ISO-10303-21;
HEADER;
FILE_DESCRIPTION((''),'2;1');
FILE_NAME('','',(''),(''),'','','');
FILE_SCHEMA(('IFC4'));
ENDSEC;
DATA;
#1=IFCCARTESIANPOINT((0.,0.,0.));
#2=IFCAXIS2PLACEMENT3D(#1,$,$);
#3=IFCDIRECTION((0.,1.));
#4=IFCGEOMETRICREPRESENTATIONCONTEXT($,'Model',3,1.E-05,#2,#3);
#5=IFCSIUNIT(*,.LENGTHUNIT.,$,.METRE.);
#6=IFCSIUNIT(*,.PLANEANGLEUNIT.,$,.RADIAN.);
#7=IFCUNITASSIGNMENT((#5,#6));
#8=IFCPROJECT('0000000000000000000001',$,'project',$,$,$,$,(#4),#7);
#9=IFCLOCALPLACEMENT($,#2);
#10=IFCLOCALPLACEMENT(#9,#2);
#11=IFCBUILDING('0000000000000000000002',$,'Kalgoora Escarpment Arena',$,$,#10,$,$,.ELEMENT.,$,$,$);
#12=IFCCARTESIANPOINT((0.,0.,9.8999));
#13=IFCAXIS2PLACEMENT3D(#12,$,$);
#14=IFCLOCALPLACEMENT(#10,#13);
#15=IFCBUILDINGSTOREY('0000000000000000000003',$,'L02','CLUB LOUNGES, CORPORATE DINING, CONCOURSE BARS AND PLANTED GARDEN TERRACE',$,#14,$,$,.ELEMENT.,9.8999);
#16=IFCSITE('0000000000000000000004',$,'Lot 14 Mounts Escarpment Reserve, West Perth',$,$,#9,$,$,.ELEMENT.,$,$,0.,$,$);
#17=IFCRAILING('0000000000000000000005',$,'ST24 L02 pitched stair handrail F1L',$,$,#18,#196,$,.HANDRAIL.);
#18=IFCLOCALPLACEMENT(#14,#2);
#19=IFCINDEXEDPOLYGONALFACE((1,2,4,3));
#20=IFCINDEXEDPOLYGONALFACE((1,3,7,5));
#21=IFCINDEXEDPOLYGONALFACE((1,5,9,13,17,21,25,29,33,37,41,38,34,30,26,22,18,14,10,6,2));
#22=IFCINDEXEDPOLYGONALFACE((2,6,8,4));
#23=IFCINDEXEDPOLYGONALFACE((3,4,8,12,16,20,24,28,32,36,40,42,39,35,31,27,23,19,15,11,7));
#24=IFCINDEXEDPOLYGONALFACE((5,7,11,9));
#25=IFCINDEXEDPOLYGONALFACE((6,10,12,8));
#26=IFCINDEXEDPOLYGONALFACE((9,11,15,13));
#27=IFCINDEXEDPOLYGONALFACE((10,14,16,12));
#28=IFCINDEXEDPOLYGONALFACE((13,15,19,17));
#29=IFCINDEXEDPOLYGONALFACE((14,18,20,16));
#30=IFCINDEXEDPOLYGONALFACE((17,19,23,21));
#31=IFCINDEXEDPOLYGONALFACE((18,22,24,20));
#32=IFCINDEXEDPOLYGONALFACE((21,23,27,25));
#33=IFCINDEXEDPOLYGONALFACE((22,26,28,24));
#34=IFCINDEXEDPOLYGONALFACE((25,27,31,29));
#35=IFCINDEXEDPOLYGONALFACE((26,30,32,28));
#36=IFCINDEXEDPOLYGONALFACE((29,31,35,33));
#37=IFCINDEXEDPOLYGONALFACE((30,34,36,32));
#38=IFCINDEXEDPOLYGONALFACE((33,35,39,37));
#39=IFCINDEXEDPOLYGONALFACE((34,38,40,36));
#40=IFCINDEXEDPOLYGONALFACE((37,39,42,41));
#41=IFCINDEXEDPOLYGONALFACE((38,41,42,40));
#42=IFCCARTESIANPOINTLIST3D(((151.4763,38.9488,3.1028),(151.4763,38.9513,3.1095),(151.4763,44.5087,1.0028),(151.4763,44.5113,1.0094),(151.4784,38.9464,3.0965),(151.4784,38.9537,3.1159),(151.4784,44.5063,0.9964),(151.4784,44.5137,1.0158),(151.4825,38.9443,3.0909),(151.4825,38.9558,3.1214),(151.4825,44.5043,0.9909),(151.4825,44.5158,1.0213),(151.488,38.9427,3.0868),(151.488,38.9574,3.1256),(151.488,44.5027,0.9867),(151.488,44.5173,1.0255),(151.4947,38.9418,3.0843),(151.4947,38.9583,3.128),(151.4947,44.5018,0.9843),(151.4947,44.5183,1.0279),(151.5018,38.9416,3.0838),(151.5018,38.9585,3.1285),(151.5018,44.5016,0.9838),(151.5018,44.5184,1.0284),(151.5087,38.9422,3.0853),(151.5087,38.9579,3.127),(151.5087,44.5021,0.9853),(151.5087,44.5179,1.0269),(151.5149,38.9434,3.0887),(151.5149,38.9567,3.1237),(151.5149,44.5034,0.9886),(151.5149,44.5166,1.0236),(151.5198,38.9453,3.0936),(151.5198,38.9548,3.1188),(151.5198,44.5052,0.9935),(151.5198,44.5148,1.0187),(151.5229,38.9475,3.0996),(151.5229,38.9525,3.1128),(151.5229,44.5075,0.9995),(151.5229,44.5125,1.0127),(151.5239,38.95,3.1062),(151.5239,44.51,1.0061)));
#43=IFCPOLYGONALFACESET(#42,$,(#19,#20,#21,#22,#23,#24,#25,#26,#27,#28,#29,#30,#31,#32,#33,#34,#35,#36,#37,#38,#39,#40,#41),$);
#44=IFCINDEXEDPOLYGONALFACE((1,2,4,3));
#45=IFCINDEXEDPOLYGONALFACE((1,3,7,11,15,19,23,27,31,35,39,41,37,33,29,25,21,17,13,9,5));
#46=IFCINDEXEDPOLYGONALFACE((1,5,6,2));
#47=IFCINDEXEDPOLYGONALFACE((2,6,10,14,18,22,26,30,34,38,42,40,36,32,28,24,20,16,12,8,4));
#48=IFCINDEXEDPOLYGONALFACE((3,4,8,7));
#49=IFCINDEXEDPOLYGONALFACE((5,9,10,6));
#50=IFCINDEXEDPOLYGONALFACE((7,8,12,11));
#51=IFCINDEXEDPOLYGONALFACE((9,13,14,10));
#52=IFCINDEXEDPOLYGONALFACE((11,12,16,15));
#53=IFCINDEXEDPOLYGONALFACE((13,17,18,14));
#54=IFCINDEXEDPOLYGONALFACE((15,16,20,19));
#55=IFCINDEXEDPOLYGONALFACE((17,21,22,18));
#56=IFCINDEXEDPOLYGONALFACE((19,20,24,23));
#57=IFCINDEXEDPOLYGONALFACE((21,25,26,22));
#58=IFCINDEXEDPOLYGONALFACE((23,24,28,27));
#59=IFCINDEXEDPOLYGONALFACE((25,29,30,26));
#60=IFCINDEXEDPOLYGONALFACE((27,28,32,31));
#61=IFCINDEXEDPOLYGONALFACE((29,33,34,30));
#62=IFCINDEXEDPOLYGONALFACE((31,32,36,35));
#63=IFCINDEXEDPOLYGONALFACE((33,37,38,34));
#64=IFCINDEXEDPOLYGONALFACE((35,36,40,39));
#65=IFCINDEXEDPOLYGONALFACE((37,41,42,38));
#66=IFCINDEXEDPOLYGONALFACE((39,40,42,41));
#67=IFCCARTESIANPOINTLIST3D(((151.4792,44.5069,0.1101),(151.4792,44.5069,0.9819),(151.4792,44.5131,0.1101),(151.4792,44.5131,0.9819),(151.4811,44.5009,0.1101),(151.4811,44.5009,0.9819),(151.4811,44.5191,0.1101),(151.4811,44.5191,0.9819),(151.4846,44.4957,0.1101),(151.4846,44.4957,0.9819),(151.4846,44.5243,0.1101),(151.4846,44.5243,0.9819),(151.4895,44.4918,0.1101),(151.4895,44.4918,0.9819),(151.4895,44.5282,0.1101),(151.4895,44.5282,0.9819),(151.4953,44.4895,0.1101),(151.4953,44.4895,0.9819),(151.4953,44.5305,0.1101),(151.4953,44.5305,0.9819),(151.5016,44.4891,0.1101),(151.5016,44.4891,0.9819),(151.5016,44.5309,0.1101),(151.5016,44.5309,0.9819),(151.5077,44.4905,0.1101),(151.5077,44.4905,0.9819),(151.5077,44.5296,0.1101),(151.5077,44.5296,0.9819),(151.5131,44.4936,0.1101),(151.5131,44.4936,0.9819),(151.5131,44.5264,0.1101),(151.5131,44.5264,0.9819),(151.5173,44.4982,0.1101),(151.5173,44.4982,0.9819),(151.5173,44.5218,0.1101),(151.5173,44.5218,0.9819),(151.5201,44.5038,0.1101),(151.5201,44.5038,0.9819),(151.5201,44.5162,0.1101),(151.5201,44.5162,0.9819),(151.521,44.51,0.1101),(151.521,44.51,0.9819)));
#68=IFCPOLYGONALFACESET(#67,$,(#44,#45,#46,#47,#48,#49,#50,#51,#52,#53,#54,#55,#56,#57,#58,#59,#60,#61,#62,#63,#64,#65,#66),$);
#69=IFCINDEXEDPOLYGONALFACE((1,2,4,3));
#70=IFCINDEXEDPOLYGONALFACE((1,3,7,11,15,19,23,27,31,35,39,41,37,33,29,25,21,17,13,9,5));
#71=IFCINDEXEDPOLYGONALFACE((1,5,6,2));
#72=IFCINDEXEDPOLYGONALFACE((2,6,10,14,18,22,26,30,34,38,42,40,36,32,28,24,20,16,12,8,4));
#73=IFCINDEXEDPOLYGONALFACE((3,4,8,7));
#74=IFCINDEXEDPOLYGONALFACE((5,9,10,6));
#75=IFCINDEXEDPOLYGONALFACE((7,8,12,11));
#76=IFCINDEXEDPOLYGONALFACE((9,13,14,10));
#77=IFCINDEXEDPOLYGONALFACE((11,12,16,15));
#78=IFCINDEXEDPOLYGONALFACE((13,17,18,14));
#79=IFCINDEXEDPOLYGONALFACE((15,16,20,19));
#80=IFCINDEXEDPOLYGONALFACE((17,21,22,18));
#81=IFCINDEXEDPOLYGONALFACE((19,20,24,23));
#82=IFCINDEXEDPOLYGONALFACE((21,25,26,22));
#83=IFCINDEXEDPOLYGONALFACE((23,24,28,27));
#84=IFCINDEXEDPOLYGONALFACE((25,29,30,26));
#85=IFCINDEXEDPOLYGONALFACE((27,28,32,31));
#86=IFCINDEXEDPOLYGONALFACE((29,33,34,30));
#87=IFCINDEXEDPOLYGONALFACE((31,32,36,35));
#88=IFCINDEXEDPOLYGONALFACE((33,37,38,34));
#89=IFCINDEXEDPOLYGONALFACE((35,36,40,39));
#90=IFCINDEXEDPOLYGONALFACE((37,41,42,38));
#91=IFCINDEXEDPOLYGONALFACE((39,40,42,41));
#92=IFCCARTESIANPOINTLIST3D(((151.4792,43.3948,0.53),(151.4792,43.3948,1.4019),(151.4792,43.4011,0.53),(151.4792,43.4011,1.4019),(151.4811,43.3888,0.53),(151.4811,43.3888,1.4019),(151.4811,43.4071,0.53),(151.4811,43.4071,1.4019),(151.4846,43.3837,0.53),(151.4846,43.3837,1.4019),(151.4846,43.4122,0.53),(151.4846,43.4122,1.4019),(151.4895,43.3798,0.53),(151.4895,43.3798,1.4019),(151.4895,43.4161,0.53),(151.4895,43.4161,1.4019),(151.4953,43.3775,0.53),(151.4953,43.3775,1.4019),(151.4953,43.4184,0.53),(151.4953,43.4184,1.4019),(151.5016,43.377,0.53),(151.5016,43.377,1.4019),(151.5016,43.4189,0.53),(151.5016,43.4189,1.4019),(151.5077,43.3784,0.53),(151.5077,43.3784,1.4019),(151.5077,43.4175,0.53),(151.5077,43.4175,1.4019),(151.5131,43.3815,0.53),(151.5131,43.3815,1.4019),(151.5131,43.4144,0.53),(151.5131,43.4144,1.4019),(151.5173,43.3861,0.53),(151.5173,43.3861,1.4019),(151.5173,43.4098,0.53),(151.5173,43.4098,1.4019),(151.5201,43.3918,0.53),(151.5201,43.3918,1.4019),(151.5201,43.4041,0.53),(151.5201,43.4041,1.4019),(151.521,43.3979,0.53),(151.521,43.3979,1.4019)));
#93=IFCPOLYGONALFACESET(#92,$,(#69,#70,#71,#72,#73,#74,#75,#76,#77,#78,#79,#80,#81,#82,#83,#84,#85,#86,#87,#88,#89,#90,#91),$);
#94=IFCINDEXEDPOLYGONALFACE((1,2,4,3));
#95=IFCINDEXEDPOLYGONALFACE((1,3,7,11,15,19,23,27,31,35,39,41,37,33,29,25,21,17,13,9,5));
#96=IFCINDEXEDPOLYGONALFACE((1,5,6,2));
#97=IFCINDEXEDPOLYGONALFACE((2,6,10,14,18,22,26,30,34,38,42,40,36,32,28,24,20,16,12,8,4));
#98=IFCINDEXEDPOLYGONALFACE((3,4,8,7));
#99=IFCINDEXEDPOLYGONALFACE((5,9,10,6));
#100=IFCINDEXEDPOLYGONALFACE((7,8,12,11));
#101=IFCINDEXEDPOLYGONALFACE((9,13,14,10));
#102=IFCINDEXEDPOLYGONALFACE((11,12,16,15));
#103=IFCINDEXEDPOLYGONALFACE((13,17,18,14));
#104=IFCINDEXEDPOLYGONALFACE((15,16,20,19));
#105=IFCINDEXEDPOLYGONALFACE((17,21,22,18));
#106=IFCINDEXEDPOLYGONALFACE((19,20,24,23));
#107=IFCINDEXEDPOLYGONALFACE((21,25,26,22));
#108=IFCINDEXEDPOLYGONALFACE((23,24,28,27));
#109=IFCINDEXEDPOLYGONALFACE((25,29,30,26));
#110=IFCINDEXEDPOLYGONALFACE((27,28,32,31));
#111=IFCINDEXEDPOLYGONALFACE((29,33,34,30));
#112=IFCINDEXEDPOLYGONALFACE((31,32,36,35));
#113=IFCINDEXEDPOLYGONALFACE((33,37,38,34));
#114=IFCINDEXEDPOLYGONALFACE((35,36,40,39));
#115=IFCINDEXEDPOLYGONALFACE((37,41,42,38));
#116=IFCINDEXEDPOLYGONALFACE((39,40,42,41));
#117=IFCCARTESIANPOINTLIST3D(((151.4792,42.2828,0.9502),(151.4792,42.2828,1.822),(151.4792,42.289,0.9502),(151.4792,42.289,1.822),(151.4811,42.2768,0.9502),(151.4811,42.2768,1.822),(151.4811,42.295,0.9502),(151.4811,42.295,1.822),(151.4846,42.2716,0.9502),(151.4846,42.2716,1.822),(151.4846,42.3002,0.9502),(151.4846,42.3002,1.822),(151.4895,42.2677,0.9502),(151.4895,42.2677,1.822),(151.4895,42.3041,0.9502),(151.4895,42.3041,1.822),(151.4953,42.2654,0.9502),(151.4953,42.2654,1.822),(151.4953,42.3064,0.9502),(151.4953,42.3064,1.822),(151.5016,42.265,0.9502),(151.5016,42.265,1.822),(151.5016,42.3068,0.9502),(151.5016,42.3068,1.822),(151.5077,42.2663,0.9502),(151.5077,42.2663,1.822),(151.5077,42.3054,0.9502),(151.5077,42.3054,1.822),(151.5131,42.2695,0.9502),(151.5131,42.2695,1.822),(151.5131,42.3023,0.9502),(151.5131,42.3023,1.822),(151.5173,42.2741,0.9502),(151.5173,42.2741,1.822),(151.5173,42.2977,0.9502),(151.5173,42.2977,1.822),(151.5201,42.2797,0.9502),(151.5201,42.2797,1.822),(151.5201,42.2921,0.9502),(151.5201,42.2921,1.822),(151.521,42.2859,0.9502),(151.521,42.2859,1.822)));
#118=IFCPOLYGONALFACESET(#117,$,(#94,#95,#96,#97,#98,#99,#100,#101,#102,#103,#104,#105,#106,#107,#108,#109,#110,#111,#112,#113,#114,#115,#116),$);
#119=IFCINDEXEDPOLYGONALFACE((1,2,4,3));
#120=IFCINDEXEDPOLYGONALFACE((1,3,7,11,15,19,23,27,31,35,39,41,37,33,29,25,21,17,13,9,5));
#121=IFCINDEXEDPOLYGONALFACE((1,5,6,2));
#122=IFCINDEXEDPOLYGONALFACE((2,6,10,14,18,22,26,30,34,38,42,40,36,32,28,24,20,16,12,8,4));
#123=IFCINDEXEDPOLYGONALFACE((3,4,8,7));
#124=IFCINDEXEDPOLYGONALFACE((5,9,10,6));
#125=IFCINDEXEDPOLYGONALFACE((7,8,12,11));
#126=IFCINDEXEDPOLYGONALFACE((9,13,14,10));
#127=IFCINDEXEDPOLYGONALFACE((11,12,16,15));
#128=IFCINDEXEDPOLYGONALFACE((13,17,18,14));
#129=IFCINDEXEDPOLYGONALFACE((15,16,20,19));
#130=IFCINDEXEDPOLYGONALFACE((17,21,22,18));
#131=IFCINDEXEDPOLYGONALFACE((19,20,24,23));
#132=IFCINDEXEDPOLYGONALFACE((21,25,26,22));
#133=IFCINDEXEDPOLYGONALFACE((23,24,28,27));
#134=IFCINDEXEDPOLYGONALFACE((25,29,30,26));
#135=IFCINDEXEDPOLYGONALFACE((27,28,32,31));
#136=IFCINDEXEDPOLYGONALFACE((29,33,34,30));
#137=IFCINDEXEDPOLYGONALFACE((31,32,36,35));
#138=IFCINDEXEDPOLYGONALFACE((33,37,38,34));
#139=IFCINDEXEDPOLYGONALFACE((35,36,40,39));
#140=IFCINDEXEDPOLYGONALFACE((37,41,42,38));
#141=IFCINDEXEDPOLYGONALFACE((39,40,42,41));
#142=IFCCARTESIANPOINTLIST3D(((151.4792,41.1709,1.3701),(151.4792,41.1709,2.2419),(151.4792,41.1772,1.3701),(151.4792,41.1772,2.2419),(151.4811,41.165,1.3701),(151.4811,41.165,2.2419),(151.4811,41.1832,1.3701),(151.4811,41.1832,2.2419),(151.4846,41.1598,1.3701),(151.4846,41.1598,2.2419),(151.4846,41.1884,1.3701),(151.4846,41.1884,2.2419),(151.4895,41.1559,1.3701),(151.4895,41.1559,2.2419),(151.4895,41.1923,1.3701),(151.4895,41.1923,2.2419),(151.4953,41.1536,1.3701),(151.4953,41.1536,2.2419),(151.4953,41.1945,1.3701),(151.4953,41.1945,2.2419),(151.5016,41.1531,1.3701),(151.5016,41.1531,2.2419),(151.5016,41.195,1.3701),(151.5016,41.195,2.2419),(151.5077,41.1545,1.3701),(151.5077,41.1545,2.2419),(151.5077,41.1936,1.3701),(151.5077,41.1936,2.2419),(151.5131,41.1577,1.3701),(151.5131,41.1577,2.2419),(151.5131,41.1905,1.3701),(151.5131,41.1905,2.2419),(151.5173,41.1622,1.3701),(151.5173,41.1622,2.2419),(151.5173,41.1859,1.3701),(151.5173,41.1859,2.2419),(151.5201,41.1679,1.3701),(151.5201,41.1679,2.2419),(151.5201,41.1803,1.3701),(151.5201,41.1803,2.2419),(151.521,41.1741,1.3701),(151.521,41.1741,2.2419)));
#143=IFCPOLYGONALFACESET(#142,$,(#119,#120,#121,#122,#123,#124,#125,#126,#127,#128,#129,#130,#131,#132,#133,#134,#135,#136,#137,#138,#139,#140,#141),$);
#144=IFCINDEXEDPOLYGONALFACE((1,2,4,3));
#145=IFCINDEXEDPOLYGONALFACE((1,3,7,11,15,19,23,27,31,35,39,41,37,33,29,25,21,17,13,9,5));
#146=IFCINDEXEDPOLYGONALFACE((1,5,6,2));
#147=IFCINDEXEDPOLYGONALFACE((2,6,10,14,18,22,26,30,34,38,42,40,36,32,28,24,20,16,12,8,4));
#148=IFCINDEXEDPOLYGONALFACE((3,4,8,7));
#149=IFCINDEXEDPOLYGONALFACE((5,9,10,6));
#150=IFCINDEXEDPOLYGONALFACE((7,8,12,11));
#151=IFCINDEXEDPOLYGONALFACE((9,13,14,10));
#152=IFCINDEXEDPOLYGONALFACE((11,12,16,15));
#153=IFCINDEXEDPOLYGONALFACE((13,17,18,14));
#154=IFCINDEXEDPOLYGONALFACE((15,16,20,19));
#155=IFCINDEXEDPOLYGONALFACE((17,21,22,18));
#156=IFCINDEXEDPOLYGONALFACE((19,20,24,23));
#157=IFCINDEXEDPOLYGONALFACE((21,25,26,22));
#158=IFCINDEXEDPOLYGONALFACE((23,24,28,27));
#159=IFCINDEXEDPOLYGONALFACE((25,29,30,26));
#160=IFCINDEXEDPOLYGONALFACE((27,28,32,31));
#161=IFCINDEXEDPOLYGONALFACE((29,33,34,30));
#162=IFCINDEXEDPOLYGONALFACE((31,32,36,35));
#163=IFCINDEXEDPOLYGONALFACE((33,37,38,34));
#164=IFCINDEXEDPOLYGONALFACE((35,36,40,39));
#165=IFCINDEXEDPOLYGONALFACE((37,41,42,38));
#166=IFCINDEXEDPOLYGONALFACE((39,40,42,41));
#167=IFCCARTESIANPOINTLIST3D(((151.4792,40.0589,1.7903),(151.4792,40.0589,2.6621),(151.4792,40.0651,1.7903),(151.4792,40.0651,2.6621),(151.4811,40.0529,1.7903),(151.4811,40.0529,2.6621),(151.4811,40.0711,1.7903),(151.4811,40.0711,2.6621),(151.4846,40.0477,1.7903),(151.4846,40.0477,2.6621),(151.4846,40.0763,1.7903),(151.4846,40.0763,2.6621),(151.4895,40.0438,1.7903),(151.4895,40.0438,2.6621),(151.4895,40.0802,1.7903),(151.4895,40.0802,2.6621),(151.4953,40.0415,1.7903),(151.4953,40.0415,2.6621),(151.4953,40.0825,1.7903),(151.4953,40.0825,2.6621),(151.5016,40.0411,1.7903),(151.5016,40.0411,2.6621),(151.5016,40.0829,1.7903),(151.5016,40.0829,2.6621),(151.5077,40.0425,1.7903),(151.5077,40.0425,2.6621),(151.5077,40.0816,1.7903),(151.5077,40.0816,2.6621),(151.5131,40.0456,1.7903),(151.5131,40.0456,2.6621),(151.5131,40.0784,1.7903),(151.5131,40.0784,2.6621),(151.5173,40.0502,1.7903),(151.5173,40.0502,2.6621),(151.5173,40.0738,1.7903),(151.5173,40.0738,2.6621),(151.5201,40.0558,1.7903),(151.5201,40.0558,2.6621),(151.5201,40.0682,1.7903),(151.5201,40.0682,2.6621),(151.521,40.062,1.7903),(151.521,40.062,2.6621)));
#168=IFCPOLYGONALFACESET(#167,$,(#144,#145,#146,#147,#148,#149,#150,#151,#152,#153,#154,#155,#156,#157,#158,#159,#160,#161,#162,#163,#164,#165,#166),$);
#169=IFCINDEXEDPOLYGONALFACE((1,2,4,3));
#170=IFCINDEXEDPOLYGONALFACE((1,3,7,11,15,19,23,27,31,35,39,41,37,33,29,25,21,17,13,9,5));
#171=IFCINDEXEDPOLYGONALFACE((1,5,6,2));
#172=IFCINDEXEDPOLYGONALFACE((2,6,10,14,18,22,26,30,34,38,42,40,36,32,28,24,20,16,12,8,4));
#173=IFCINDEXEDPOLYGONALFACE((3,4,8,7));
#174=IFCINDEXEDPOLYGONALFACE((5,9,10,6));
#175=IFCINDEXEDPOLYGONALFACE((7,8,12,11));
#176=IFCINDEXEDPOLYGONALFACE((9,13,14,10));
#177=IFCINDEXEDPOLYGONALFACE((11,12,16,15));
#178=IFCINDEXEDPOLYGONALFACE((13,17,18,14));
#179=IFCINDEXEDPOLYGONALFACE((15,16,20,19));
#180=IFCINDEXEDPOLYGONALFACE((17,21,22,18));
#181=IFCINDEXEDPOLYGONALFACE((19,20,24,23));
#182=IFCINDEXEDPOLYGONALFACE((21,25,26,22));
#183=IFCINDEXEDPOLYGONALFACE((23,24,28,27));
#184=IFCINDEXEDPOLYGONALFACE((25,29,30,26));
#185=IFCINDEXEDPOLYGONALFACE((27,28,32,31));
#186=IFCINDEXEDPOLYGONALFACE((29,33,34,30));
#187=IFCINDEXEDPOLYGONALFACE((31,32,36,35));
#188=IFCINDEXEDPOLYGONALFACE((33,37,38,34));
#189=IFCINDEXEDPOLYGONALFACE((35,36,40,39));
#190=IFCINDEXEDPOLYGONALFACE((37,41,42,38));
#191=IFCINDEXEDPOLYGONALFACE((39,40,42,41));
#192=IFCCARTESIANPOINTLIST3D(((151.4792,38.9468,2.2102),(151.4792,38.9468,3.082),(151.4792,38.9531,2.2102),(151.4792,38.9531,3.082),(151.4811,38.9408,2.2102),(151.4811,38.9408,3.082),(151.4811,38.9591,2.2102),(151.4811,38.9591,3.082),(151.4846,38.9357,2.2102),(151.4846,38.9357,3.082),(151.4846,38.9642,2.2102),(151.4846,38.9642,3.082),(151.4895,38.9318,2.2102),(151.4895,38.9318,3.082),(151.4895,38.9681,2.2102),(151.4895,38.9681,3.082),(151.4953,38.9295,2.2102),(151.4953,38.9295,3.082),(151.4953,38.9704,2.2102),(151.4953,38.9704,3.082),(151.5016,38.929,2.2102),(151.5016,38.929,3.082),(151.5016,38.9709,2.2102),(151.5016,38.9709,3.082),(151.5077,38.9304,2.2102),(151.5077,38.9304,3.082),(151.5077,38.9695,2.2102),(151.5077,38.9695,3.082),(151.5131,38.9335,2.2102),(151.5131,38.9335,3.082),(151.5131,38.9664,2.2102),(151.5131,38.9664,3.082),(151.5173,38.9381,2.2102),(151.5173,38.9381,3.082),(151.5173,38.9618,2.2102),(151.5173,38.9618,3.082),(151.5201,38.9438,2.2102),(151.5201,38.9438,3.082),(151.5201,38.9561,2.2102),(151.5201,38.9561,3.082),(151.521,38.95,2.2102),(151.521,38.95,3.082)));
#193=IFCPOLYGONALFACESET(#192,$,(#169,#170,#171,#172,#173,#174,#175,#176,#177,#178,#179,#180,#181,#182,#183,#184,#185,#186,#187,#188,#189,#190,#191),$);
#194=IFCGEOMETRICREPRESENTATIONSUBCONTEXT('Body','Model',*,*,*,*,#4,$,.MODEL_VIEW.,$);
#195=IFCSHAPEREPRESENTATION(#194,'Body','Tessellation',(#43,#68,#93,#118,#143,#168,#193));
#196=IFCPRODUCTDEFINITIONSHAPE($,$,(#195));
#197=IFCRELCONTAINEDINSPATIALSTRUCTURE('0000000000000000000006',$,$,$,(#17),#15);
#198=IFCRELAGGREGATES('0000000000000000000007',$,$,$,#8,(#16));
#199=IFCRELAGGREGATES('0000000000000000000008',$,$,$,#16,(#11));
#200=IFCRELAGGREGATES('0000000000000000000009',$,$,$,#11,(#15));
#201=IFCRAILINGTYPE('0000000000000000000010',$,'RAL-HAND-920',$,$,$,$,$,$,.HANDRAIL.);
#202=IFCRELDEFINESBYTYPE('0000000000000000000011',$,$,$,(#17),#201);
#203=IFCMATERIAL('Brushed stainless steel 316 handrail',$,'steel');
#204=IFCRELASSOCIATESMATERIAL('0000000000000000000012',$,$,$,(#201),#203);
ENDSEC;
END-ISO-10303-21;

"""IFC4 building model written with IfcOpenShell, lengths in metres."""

from ifc_helpers import new_model, si_unit, direction, frame, origin, origin_2d, place, context, subcontext, project, spatial, circle, extrude, material, type_object, element, save


model = new_model("IFC4")

# Units and contexts
model_context = context("Model", 3, precision=1e-05, world=origin(), true_north=direction((0.0, 1.0)))
body_context = subcontext(model_context, "Body", "Model", "MODEL_VIEW")
ifc_project = project(units=[si_unit("LENGTHUNIT", "METRE"), si_unit("PLANEANGLEUNIT", "RADIAN")], contexts=[model_context])

# Site, building, storey
site_placement = place(None, origin())
site = spatial("IfcSite", under=ifc_project, at=site_placement, Name="Lot 14 Mounts Escarpment Reserve, West Perth", CompositionType="ELEMENT", RefElevation=0.0)
building_placement = place(site_placement, origin())
building = spatial("IfcBuilding", under=site, at=building_placement, Name="Kalgoora Escarpment Arena", CompositionType="ELEMENT")
storey_placement = place(building_placement, frame((0.0, 0.0, 9.8999)))
storey = spatial("IfcBuildingStorey", under=building, at=storey_placement, Name="L02", Description="CLUB LOUNGES, CORPORATE DINING, CONCOURSE BARS AND PLANTED GARDEN TERRACE", CompositionType="ELEMENT", Elevation=9.8999)

# Railing
ifc_material_1 = material(Name="Brushed stainless steel 316 handrail", Category="steel")
railing_type_1 = type_object("IfcRailingType", Name="RAL-HAND-920", PredefinedType="HANDRAIL", material=ifc_material_1)
for number, where, name in (
    (1, (151.5, 44.51, 0.1101), "ST24 L02 pitched stair handrail F1L"),
):
    element("IfcRailing", number, at=place(storey_placement, frame(where)), inside=storey, type_object=railing_type_1, Name=name, PredefinedType="HANDRAIL", context=body_context, shape_type="SweptSolid", body=[
        extrude(circle(Radius=0.0239, at=origin_2d()), frame((0.0, 0.0, 0.896), z_axis=(0.0, -0.935493, 0.353346), x_axis=(1.0, 0.0, 0.0)), (0.0, 0.0, 1.0), 5.9434),
        extrude(circle(Radius=0.021, at=origin_2d()), origin(), (0.0, 0.0, 1.0), 0.8718),
        extrude(circle(Radius=0.021, at=origin_2d()), frame((0.0, -1.1121, 0.4199)), (0.0, 0.0, 1.0), 0.8718),
        extrude(circle(Radius=0.021, at=origin_2d()), frame((0.0, -2.2241, 0.8401)), (0.0, 0.0, 1.0), 0.8718),
        extrude(circle(Radius=0.021, at=origin_2d()), frame((0.0, -3.3359, 1.26)), (0.0, 0.0, 1.0), 0.8718),
        extrude(circle(Radius=0.021, at=origin_2d()), frame((0.0, -4.448, 1.6802)), (0.0, 0.0, 1.0), 0.8718),
        extrude(circle(Radius=0.021, at=origin_2d()), frame((0.0, -5.5601, 2.1001)), (0.0, 0.0, 1.0), 0.8718),
    ])

save(model, "model.ifc")
